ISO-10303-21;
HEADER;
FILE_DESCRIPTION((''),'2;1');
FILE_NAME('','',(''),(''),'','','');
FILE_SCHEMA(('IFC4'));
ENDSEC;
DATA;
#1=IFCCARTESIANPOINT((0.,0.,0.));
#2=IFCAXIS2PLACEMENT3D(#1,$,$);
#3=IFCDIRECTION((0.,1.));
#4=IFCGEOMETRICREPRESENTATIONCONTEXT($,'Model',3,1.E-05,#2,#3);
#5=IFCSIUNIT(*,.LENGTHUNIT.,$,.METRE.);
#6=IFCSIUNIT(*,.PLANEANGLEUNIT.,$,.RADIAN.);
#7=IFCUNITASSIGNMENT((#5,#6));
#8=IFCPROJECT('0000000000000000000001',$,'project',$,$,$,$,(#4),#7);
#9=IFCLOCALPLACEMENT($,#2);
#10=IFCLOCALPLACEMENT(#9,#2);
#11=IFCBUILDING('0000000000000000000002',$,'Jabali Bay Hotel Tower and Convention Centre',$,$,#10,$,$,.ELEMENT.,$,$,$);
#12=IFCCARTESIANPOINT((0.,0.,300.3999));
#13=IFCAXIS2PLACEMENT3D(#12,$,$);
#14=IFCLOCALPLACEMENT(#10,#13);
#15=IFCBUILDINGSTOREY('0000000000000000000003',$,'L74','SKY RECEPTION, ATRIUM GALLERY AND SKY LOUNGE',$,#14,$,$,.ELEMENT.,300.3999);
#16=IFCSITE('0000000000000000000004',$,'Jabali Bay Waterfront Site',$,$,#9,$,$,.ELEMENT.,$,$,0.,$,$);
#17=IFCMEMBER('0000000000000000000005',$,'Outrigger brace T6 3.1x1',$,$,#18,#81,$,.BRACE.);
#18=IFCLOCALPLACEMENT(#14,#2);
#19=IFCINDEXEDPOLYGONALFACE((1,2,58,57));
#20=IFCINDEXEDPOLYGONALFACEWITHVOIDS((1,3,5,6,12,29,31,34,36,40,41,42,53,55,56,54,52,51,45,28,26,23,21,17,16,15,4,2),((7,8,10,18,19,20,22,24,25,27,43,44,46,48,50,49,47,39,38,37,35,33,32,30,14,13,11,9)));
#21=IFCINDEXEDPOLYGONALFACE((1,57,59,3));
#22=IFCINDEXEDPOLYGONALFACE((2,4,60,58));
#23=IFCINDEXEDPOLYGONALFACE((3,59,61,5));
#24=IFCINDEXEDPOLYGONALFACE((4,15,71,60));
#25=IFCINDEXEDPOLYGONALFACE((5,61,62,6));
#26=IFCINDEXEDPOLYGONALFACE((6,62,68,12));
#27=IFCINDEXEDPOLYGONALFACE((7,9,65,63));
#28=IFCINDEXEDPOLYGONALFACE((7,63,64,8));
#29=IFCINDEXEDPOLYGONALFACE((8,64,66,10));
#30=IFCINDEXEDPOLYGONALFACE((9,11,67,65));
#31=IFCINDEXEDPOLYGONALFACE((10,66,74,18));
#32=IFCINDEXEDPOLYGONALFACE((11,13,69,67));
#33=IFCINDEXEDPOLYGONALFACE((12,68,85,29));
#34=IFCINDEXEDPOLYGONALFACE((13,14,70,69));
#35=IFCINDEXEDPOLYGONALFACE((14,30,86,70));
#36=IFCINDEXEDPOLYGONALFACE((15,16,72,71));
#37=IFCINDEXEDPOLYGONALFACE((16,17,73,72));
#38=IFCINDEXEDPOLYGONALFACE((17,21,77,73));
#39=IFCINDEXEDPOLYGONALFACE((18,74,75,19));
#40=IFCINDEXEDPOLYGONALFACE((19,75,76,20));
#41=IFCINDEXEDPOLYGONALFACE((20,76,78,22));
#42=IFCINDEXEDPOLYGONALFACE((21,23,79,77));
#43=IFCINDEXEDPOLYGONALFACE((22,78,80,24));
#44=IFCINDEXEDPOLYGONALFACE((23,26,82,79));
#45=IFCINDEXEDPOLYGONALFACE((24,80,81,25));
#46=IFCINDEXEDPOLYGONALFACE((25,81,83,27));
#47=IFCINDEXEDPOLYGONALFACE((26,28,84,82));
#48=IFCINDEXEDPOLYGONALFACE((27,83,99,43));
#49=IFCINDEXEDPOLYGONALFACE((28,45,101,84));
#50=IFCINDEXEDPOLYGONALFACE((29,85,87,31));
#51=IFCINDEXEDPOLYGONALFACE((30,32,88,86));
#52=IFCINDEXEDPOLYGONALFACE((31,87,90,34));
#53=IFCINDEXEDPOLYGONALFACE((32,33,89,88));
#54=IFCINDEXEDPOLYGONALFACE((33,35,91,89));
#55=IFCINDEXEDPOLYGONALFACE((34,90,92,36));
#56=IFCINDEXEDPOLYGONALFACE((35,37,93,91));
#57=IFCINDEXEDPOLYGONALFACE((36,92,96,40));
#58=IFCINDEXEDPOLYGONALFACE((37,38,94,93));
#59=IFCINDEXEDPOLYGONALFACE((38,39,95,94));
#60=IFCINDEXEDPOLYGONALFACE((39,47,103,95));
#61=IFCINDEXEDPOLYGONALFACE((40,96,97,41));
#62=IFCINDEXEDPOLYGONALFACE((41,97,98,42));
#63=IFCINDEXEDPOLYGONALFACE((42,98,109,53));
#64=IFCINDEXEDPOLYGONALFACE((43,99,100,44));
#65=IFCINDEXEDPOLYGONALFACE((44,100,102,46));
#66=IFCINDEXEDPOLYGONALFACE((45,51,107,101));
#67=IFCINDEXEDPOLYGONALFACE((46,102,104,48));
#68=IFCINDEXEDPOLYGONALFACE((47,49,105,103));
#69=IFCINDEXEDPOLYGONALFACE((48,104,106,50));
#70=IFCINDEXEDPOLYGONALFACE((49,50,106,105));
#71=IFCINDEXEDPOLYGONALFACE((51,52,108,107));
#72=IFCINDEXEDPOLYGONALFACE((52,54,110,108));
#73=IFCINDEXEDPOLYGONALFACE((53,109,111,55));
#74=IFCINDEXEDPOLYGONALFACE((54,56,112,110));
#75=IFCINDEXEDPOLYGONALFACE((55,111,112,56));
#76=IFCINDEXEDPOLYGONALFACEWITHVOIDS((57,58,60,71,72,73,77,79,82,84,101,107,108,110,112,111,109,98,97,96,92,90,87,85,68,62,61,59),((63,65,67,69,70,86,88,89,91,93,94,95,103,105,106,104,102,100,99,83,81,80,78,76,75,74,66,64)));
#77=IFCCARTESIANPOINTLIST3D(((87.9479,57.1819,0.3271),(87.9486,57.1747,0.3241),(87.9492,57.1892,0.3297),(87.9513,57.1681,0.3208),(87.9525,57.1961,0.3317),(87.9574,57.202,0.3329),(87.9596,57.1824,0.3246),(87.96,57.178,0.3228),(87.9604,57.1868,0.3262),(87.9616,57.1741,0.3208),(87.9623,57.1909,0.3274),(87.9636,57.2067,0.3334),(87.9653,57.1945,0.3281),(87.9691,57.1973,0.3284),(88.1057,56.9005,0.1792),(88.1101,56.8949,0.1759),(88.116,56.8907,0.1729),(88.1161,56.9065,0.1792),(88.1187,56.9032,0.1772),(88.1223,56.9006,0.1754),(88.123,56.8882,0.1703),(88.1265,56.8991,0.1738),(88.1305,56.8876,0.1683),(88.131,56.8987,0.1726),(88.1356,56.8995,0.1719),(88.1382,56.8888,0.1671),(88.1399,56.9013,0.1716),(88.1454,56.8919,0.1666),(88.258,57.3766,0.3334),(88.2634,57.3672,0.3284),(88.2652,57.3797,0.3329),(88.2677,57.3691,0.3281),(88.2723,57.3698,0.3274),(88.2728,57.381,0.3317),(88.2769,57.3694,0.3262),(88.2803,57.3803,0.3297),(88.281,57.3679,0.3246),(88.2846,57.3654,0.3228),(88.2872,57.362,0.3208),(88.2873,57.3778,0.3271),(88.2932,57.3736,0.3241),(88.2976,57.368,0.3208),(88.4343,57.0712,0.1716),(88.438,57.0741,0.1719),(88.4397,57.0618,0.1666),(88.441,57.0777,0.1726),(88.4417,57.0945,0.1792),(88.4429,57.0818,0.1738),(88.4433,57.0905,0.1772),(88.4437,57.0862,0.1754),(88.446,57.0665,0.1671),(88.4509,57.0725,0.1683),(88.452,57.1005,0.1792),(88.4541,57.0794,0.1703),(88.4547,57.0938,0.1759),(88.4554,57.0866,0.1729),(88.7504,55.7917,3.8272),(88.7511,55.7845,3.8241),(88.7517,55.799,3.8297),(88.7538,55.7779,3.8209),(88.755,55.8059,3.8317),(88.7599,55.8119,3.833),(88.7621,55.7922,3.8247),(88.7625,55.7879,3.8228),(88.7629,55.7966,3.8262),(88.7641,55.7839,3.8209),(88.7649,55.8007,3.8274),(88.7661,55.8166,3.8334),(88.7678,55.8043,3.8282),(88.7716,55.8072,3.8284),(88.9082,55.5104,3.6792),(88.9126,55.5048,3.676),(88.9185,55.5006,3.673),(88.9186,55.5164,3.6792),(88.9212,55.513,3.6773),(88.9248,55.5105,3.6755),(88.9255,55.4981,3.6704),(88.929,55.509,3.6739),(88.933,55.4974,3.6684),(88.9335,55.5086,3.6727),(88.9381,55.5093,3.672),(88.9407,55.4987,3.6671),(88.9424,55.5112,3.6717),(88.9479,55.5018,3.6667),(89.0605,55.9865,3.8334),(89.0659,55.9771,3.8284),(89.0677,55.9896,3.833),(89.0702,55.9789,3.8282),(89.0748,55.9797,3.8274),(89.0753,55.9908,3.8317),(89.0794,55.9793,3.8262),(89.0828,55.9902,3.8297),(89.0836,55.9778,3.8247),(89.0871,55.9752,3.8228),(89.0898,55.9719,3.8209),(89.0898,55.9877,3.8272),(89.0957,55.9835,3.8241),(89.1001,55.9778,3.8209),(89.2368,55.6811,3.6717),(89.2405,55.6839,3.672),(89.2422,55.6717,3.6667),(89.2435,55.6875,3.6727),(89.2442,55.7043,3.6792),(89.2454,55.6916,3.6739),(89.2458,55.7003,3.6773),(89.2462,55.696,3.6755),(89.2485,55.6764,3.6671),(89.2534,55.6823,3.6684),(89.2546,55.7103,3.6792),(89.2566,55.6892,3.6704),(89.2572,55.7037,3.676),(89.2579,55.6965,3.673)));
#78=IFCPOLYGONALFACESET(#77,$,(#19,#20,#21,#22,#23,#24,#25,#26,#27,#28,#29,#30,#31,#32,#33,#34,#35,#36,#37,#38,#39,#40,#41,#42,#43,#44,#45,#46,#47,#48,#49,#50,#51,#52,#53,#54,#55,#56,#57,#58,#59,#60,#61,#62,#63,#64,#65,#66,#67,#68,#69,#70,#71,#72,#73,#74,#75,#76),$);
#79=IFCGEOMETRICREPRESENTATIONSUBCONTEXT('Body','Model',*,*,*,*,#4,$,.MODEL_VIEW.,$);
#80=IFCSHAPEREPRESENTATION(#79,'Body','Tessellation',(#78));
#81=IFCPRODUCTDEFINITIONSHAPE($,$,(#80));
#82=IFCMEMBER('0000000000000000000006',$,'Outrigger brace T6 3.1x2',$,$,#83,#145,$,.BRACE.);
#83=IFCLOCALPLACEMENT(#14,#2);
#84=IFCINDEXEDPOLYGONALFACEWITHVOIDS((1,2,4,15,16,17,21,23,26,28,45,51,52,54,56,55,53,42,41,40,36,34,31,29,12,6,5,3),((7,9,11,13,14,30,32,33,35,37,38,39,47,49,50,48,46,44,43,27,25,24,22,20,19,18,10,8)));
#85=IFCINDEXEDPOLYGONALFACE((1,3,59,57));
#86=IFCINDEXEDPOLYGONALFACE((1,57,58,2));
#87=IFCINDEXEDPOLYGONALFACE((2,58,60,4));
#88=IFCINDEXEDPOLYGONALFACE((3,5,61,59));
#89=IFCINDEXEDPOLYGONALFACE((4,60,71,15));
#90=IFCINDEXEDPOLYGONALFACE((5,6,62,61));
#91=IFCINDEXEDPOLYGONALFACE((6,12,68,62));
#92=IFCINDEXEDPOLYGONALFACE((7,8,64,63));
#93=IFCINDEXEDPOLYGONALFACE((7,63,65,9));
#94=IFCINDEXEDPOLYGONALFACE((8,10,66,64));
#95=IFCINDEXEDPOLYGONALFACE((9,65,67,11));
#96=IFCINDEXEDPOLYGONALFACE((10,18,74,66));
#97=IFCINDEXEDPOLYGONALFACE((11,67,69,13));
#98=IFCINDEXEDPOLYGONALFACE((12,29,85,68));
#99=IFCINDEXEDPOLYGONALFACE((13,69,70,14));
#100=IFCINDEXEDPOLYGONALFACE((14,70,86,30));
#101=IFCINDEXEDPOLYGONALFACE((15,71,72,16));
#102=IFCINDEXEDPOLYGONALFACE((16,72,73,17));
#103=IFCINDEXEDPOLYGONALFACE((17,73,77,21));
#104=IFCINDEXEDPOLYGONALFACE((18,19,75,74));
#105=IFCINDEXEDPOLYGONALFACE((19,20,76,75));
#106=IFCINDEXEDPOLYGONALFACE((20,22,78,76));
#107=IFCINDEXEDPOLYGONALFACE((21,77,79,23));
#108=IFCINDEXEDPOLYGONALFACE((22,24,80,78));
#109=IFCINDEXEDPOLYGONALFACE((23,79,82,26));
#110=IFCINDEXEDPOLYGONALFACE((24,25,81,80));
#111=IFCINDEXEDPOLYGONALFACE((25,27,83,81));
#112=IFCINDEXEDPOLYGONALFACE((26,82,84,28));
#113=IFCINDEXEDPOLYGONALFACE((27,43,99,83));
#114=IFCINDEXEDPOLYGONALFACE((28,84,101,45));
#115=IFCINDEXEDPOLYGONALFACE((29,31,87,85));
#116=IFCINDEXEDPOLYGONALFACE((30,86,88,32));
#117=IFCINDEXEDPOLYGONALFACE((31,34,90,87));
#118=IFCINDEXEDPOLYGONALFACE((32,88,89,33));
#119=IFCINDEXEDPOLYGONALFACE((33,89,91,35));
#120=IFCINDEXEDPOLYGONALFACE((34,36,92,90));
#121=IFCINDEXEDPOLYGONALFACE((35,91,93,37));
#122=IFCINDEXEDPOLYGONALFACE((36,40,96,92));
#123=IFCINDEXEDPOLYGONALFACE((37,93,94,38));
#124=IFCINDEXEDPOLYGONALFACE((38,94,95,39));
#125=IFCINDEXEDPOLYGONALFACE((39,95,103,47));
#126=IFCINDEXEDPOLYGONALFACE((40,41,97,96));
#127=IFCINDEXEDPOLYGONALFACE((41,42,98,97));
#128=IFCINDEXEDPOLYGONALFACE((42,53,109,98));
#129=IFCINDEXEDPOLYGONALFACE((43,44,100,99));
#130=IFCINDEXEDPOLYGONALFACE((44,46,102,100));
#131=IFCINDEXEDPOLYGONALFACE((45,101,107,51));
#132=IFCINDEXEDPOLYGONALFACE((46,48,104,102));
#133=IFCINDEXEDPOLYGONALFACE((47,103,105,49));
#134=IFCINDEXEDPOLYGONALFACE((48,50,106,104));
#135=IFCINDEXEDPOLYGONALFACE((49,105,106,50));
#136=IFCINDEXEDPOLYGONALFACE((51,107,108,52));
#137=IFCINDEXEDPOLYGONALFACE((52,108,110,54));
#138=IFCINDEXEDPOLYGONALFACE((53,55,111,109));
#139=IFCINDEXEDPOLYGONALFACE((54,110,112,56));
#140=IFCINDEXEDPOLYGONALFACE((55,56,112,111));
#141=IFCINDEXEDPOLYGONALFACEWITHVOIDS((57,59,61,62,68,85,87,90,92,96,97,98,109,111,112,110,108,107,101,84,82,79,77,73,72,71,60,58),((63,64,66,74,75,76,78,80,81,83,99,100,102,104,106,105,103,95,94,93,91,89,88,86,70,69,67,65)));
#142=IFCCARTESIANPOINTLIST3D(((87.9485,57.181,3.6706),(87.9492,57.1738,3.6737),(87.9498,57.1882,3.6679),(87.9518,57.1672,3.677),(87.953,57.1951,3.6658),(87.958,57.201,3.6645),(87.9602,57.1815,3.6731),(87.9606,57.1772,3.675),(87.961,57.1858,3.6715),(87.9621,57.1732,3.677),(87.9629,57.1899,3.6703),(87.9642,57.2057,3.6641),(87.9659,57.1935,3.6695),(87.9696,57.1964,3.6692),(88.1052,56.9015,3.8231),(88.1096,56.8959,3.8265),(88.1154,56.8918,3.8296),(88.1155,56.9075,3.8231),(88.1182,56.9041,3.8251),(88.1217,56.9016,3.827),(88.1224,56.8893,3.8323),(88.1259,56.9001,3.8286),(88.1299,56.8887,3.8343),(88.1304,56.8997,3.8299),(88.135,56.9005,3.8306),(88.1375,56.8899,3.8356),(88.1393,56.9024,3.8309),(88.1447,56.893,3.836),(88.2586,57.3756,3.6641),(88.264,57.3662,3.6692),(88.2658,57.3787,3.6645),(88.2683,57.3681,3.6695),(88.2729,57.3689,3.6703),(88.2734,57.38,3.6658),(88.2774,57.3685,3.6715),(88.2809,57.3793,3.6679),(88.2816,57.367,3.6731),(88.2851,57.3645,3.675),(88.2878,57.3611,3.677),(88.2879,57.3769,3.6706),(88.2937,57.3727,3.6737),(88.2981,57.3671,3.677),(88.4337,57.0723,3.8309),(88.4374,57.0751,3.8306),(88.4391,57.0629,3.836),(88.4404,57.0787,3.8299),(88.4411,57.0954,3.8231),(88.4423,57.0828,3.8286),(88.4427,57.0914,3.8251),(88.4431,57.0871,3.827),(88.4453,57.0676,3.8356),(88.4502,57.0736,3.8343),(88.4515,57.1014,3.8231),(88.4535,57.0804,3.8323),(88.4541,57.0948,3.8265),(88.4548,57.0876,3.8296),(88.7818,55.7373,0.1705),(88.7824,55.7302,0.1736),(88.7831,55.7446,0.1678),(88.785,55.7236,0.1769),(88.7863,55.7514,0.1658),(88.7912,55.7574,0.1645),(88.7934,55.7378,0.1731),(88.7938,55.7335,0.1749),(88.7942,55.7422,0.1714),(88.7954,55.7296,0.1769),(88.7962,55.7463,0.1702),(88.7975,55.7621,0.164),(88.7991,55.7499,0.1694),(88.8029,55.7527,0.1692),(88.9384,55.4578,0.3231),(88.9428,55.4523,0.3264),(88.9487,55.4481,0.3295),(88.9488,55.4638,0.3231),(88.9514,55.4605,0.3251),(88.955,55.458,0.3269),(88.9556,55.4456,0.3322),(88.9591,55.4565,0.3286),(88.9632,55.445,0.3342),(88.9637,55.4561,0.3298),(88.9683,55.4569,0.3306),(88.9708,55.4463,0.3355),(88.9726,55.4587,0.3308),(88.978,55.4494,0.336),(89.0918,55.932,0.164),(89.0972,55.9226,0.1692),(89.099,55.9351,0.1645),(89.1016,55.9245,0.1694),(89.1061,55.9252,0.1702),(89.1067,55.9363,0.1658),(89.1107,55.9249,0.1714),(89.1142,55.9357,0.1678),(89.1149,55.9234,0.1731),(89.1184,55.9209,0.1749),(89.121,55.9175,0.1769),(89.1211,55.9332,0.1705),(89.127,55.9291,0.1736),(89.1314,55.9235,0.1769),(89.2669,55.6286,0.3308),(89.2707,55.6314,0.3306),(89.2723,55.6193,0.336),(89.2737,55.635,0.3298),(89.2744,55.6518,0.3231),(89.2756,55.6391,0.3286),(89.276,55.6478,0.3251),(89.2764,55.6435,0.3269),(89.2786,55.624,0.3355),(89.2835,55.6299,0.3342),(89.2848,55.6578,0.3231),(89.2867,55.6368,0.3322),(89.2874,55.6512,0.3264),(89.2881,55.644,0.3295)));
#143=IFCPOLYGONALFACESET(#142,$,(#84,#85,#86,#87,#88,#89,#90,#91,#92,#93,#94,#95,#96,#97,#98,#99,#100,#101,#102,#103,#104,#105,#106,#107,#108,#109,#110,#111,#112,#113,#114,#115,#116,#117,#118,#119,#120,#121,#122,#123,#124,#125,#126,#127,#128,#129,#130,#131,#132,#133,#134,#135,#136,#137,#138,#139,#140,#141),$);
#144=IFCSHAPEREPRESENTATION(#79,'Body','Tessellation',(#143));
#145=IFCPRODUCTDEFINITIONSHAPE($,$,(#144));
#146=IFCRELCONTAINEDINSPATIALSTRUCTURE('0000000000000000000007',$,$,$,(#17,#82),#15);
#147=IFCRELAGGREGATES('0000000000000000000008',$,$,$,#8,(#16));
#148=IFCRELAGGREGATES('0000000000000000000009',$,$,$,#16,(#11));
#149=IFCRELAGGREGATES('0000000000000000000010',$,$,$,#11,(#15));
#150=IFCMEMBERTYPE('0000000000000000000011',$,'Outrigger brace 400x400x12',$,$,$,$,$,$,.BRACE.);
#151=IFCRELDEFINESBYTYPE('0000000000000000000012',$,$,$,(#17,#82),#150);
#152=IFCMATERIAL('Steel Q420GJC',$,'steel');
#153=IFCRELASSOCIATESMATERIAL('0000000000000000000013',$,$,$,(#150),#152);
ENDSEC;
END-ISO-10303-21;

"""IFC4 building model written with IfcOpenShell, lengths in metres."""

from ifc_helpers import new_model, si_unit, direction, frame, origin, origin_2d, place, context, subcontext, project, spatial, hollow_rectangle, extrude, material, material_profile, profile_set, type_object, element, save


model = new_model("IFC4")

# Units and contexts
model_context = context("Model", 3, precision=1e-05, world=origin(), true_north=direction((0.0, 1.0)))
body_context = subcontext(model_context, "Body", "Model", "MODEL_VIEW")
ifc_project = project(units=[si_unit("LENGTHUNIT", "METRE"), si_unit("PLANEANGLEUNIT", "RADIAN")], contexts=[model_context])

# Site, building, storey
site_placement = place(None, origin())
site = spatial("IfcSite", under=ifc_project, at=site_placement, Name="Jabali Bay Waterfront Site", CompositionType="ELEMENT", RefElevation=0.0)
building_placement = place(site_placement, origin())
building = spatial("IfcBuilding", under=site, at=building_placement, Name="Jabali Bay Hotel Tower and Convention Centre", CompositionType="ELEMENT")
storey_placement = place(building_placement, frame((0.0, 0.0, 300.3999)))
storey = spatial("IfcBuildingStorey", under=building, at=storey_placement, Name="L74", Description="SKY RECEPTION, ATRIUM GALLERY AND SKY LOUNGE", CompositionType="ELEMENT", Elevation=300.3999)

# Shared definitions
ifc_material_1 = material(Name="Steel Q420GJC", Category="steel")

# Members
ifc_material_profile_1 = material_profile(ifc_material_1, hollow_rectangle(XDim=0.3999, YDim=0.3999, WallThickness=0.012, InnerFilletRadius=0.0181, OuterFilletRadius=0.03, at=origin_2d()), Name="Outrigger brace 400x400x12")
ifc_profile_set_1 = profile_set([ifc_material_profile_1], Name="Steel Q420GJC")
member_type_1 = type_object("IfcMemberType", Name="Outrigger brace 400x400x12", PredefinedType="BRACE", material=ifc_profile_set_1)
member_1_placement = place(storey_placement, frame((88.2017, 57.1343, 0.25), z_axis=(0.208411, -0.361026, 0.908969), x_axis=(0.866054, 0.499951, 0.0)))
element("IfcMember", 1, at=member_1_placement, inside=storey, type_object=member_type_1, Name="Outrigger brace T6 3.1x1", PredefinedType="BRACE", context=body_context, shape_type="SweptSolid", body=[
    extrude(hollow_rectangle(XDim=0.3999, YDim=0.3999, WallThickness=0.012, InnerFilletRadius=0.0181, OuterFilletRadius=0.03, at=origin_2d()), origin(), (0.0, 0.0, 1.0), 3.8506),
])
member_2_placement = place(storey_placement, frame((89.0349, 55.6907, 0.25), z_axis=(-0.214942, 0.372386, 0.902845), x_axis=(-0.866081, -0.499904, 0.0)))
element("IfcMember", 2, at=member_2_placement, inside=storey, type_object=member_type_1, Name="Outrigger brace T6 3.1x2", PredefinedType="BRACE", context=body_context, shape_type="SweptSolid", body=[
    extrude(hollow_rectangle(XDim=0.3999, YDim=0.3999, WallThickness=0.012, InnerFilletRadius=0.0181, OuterFilletRadius=0.03, at=origin_2d()), origin(), (0.0, 0.0, 1.0), 3.8767),
])

save(model, "model.ifc")
